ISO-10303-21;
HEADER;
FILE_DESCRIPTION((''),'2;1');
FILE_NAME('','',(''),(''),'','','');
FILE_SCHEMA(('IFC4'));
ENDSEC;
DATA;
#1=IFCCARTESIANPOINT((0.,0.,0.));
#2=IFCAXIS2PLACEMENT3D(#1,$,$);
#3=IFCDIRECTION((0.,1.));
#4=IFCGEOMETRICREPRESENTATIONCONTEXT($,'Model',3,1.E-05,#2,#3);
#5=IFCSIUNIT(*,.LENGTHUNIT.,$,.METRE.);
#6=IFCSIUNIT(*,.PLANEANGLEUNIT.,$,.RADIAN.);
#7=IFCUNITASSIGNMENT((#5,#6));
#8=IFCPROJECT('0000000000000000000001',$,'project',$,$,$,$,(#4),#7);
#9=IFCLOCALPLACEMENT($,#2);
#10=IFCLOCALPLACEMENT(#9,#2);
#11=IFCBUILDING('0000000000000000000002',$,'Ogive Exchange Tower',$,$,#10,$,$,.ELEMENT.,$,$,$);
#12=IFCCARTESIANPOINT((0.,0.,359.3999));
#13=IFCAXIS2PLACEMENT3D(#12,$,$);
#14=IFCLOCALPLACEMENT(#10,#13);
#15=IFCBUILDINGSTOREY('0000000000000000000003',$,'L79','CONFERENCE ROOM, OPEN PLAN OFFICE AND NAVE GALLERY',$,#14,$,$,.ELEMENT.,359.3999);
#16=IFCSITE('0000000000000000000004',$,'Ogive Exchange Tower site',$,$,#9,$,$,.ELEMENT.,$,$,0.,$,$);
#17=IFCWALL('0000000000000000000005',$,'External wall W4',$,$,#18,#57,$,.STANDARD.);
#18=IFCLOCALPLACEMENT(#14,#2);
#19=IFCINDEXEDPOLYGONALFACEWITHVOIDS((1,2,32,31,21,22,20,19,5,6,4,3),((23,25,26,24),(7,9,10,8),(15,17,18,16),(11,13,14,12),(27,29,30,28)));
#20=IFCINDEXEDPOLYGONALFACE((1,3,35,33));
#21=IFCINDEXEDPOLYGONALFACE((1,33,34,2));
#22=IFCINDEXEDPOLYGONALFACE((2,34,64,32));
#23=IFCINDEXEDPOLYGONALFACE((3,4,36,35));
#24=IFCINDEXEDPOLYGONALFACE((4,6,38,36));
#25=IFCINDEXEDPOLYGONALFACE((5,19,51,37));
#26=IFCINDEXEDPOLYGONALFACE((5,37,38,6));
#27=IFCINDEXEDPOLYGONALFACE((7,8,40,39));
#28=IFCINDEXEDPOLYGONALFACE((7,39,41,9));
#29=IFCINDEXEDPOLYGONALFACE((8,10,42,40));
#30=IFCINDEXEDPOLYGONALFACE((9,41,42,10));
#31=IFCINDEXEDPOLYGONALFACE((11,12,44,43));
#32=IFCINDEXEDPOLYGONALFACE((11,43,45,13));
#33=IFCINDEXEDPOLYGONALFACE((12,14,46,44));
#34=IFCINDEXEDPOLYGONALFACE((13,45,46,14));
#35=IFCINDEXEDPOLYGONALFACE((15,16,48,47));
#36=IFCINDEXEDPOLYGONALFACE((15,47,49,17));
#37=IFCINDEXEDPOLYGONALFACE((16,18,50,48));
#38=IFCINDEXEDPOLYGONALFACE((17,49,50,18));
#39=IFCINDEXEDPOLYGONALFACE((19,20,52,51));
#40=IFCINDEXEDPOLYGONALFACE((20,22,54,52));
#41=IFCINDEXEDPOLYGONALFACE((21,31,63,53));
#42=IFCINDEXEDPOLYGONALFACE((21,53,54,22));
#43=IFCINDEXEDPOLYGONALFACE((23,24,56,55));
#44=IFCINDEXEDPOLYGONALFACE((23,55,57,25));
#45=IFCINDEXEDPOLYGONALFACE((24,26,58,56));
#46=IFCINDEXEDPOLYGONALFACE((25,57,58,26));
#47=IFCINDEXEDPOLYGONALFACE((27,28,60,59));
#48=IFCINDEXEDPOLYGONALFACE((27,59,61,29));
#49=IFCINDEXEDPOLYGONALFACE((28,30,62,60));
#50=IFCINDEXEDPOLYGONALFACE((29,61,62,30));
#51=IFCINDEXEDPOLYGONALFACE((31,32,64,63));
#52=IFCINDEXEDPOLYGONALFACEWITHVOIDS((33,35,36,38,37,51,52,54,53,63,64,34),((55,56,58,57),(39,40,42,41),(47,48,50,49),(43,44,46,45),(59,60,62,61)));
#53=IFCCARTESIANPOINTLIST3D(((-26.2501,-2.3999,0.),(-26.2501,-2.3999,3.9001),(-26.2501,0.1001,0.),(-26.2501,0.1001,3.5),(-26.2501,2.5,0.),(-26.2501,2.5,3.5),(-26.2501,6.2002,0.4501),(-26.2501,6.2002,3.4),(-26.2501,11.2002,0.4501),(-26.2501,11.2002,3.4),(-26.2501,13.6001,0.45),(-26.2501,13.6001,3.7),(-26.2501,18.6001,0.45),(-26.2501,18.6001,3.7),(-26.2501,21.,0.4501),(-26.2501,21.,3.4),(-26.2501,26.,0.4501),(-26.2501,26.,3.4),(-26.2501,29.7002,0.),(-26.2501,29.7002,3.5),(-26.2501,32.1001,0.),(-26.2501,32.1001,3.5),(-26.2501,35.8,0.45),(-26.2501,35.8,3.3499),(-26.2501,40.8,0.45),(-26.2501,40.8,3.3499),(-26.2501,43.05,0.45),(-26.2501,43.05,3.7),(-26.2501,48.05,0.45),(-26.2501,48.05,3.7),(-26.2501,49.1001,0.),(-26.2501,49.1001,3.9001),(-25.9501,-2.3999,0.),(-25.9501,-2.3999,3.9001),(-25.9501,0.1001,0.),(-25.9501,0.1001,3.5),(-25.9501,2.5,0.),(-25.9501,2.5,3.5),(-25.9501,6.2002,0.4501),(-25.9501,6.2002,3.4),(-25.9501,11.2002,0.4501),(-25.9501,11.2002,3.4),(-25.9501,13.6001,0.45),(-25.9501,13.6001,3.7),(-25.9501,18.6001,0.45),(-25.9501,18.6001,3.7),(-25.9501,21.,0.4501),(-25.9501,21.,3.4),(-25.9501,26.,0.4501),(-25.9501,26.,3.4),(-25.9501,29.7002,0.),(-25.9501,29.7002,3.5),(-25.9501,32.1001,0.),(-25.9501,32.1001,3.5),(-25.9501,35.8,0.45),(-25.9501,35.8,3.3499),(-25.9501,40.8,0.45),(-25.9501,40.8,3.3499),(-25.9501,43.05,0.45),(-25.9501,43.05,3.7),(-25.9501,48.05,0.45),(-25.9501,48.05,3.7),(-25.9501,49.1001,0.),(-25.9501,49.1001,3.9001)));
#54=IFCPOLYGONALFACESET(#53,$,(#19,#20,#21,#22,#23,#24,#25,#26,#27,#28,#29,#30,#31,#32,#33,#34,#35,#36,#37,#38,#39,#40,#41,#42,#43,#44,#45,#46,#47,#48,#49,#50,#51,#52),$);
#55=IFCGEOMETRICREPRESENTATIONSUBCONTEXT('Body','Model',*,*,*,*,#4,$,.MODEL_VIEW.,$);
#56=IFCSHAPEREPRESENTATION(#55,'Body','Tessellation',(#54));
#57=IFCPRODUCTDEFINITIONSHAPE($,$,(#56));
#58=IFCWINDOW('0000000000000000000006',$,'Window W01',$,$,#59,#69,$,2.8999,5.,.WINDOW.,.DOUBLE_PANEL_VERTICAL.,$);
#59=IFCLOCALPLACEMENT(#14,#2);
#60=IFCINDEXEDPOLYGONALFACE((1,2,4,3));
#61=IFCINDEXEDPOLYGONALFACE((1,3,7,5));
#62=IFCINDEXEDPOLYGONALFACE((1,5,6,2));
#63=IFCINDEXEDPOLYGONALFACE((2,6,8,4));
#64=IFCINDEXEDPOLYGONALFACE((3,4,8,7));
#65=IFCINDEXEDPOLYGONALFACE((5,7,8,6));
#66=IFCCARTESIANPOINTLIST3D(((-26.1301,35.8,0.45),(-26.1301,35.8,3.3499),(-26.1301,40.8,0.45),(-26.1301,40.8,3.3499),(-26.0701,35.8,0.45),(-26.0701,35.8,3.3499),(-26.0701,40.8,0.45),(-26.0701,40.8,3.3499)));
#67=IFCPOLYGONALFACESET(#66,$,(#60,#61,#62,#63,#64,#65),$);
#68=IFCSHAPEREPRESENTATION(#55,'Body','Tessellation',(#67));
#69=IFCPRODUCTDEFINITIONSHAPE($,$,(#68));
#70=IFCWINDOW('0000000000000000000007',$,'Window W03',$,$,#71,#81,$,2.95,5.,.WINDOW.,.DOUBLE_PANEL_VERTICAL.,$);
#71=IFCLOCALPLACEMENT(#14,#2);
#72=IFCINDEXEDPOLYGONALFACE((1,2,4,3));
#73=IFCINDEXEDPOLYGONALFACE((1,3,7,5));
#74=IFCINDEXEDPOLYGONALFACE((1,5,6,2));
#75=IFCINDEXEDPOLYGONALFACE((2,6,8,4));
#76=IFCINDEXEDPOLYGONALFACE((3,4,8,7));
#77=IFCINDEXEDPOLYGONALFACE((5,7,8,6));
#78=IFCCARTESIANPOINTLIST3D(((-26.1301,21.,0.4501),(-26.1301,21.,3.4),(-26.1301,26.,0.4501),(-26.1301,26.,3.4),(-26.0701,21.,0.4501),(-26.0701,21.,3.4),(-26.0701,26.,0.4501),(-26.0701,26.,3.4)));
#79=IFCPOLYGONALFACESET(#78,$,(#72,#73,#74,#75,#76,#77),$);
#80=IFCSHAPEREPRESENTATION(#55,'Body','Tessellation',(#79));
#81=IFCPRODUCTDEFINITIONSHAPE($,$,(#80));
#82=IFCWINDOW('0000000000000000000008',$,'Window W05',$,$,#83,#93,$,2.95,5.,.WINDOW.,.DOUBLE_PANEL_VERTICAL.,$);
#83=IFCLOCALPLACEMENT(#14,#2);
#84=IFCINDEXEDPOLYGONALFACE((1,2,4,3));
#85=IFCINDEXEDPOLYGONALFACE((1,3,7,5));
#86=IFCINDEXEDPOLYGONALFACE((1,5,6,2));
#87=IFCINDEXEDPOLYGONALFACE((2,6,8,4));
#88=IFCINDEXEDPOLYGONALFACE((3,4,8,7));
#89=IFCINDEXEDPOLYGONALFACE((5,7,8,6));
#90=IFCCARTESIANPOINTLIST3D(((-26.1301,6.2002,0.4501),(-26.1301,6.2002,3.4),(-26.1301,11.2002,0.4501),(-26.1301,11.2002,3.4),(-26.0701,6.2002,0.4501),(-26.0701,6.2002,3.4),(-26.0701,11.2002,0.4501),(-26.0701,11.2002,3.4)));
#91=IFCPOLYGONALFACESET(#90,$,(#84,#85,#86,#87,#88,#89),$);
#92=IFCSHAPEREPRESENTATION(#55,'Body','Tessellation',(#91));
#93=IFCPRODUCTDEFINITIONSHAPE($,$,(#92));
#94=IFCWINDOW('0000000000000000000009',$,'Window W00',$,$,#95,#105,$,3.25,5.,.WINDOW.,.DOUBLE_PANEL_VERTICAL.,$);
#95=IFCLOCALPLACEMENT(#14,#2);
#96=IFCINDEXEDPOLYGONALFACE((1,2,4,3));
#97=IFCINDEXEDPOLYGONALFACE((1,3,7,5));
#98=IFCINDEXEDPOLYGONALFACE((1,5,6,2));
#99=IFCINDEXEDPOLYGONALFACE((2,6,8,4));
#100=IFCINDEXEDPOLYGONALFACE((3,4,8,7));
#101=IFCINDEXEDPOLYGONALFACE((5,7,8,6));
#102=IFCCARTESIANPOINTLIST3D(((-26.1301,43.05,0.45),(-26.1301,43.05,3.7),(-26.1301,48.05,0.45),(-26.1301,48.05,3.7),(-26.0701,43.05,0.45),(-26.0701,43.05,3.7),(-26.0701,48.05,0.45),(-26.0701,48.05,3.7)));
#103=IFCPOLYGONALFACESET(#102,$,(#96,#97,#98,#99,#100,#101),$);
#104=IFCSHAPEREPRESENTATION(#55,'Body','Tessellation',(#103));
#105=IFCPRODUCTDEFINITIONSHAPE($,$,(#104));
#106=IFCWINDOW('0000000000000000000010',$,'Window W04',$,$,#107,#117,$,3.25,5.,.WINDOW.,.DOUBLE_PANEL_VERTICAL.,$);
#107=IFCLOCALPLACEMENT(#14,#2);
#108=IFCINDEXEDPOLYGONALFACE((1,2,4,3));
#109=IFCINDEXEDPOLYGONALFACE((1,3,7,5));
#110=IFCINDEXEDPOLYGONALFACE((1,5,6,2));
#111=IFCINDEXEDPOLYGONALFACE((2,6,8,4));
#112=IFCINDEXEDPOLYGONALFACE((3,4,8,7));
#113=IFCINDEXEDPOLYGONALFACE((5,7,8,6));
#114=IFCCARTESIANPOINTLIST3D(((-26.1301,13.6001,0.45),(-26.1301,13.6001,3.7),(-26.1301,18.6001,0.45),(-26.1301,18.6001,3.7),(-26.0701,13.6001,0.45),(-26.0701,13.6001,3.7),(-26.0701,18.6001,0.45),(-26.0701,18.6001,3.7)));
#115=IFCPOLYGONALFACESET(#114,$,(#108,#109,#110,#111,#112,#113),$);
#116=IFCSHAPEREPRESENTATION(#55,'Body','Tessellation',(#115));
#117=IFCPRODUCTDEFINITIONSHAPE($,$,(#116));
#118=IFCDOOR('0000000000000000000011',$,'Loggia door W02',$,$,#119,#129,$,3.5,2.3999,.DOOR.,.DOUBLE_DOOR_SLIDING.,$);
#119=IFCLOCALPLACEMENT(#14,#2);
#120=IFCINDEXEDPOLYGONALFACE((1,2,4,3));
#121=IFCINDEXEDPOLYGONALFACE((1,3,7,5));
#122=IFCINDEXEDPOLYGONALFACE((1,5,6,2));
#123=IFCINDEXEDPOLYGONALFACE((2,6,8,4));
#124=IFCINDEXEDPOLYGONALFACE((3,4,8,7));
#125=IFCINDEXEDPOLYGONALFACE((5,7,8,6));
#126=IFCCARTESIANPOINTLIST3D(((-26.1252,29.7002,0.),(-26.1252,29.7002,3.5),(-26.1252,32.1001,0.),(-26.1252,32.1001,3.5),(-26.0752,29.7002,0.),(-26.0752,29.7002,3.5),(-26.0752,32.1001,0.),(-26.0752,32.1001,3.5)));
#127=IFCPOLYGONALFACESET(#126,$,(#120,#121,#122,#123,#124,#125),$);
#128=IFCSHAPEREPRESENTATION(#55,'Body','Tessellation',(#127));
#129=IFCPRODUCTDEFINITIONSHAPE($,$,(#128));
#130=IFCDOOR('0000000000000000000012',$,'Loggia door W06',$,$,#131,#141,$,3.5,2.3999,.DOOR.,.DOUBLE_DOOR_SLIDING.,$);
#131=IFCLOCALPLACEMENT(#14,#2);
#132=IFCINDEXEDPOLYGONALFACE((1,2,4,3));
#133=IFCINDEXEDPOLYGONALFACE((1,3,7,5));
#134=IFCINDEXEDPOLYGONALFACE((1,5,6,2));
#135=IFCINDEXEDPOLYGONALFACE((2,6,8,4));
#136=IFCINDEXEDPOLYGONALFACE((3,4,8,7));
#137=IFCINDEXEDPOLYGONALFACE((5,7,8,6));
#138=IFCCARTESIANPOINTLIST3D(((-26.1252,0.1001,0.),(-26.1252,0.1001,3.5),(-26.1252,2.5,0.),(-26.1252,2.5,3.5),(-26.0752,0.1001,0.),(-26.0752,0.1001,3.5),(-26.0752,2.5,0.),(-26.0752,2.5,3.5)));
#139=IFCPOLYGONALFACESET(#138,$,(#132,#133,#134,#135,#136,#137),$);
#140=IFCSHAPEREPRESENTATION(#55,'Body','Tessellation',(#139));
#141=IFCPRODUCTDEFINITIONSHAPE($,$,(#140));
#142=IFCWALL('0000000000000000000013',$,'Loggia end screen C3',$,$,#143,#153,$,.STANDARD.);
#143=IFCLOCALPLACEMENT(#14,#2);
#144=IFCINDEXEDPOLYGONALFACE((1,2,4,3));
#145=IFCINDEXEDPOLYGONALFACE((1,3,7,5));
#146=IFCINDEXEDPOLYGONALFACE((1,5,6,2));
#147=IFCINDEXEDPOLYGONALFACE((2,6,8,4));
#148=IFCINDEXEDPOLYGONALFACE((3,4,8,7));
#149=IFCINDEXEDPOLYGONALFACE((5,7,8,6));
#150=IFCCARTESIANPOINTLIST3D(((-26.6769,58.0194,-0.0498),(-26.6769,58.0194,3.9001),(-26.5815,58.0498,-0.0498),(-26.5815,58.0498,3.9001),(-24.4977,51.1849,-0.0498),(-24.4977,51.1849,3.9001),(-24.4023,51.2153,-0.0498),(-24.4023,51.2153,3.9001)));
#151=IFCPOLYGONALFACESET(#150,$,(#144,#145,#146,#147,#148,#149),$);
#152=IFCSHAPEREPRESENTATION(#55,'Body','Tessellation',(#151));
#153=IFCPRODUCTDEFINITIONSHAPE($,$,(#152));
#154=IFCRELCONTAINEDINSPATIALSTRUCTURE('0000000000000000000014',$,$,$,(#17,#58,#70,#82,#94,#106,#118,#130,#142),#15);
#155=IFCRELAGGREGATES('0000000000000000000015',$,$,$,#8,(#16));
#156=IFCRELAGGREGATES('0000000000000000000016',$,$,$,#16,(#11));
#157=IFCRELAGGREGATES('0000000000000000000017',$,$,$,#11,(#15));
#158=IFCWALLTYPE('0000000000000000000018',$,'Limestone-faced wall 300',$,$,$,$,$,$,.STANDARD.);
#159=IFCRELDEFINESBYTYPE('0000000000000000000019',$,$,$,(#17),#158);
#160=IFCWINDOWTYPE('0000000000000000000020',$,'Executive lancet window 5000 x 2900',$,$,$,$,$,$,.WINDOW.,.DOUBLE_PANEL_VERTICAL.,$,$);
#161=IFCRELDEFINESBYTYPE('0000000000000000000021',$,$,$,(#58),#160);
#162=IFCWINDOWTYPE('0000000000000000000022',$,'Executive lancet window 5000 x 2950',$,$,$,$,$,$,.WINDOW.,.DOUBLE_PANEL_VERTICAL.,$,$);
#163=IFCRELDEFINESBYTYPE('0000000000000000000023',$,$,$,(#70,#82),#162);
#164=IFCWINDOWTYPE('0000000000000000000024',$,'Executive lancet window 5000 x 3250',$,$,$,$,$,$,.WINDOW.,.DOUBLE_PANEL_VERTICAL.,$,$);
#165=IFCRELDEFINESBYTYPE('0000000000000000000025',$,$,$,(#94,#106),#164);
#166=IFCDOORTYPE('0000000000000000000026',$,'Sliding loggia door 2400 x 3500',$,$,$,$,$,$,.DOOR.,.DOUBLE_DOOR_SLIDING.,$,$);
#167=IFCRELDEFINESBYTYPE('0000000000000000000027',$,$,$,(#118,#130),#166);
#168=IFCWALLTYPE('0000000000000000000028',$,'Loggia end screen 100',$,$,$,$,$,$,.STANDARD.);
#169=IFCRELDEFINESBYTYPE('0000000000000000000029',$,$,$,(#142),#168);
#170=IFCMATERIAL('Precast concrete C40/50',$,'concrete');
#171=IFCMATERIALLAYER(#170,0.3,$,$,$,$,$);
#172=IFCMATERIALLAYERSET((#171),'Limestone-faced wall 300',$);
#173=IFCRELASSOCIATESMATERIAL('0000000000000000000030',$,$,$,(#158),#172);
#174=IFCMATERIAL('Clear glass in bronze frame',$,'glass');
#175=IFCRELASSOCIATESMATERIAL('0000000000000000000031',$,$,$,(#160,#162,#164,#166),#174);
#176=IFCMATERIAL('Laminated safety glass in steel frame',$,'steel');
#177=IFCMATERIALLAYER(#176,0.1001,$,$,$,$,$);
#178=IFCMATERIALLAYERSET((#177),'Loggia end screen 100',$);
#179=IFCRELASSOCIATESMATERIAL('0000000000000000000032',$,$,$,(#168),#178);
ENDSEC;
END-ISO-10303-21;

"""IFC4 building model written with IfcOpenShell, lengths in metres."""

from ifc_helpers import new_model, si_unit, direction, frame, frame_2d, origin, place, context, subcontext, project, spatial, rectangle, extrude, material, layer, layer_set, type_object, element, fill, save


model = new_model("IFC4")

# Units and contexts
model_context = context("Model", 3, precision=1e-05, world=origin(), true_north=direction((0.0, 1.0)))
body_context = subcontext(model_context, "Body", "Model", "MODEL_VIEW")
ifc_project = project(units=[si_unit("LENGTHUNIT", "METRE"), si_unit("PLANEANGLEUNIT", "RADIAN")], contexts=[model_context])

# Site, building, storey
site_placement = place(None, origin())
site = spatial("IfcSite", under=ifc_project, at=site_placement, Name="Ogive Exchange Tower site", CompositionType="ELEMENT", RefElevation=0.0)
building_placement = place(site_placement, origin())
building = spatial("IfcBuilding", under=site, at=building_placement, Name="Ogive Exchange Tower", CompositionType="ELEMENT")
storey_placement = place(building_placement, frame((0.0, 0.0, 359.3999)))
storey = spatial("IfcBuildingStorey", under=building, at=storey_placement, Name="L79", Description="CONFERENCE ROOM, OPEN PLAN OFFICE AND NAVE GALLERY", CompositionType="ELEMENT", Elevation=359.3999)

# Wall, openings, windows, doors
ifc_material_1 = material(Name="Precast concrete C40/50", Category="concrete")
ifc_layer_1 = layer(ifc_material_1, 0.3)
ifc_layer_set_1 = layer_set([ifc_layer_1], Name="Limestone-faced wall 300")
wall_type_1 = type_object("IfcWallType", Name="Limestone-faced wall 300", PredefinedType="STANDARD", material=ifc_layer_set_1)
wall_1_placement = place(storey_placement, frame((-26.1001, 49.1001, 0.0), z_axis=(0.0, 0.0, 1.0), x_axis=(0.0, -1.0, 0.0)))
wall_1 = element("IfcWall", 1, at=wall_1_placement, inside=storey, type_object=wall_type_1, Name="External wall W4", PredefinedType="STANDARD", context=body_context, shape_type="SweptSolid", body=[
    extrude(rectangle(XDim=51.5, YDim=0.3, at=frame_2d((25.75, 0.0))), origin(), (0.0, 0.0, 1.0), 3.9001),
])
opening_1_placement = place(wall_1_placement, frame((1.05, 0.0, 0.45)))
opening_1 = element("IfcOpeningElement", 2, at=opening_1_placement, cuts=wall_1, PredefinedType="OPENING", context=body_context, shape_type="SweptSolid", body=[
    extrude(rectangle(XDim=5.0, YDim=3.25, at=frame_2d((2.5, 1.625))), frame((0.0, 0.1599, 0.0), z_axis=(0.0, -1.0, 0.0), x_axis=(1.0, 0.0, 0.0)), (0.0, 0.0, 1.0), 0.3201),
])
opening_2_placement = place(wall_1_placement, frame((8.3, 0.0, 0.45)))
opening_2 = element("IfcOpeningElement", 3, at=opening_2_placement, cuts=wall_1, PredefinedType="OPENING", context=body_context, shape_type="SweptSolid", body=[
    extrude(rectangle(XDim=5.0, YDim=2.8999, at=frame_2d((2.5, 1.45))), frame((0.0, 0.1599, 0.0), z_axis=(0.0, -1.0, 0.0), x_axis=(1.0, 0.0, 0.0)), (0.0, 0.0, 1.0), 0.3201),
])
opening_3_placement = place(wall_1_placement, frame((17.0, 0.0, 0.0)))
opening_3 = element("IfcOpeningElement", 4, at=opening_3_placement, cuts=wall_1, PredefinedType="OPENING", context=body_context, shape_type="SweptSolid", body=[
    extrude(rectangle(XDim=2.3999, YDim=3.5, at=frame_2d((1.2, 1.75))), frame((0.0, 0.1599, 0.0), z_axis=(0.0, -1.0, 0.0), x_axis=(1.0, 0.0, 0.0)), (0.0, 0.0, 1.0), 0.3201),
])
opening_4_placement = place(wall_1_placement, frame((23.1001, 0.0, 0.45)))
opening_4 = element("IfcOpeningElement", 5, at=opening_4_placement, cuts=wall_1, PredefinedType="OPENING", context=body_context, shape_type="SweptSolid", body=[
    extrude(rectangle(XDim=5.0, YDim=2.95, at=frame_2d((2.5, 1.4751))), frame((0.0, 0.1599, 0.0), z_axis=(0.0, -1.0, 0.0), x_axis=(1.0, 0.0, 0.0)), (0.0, 0.0, 1.0), 0.3201),
])
opening_5_placement = place(wall_1_placement, frame((30.5, 0.0, 0.45)))
opening_5 = element("IfcOpeningElement", 6, at=opening_5_placement, cuts=wall_1, PredefinedType="OPENING", context=body_context, shape_type="SweptSolid", body=[
    extrude(rectangle(XDim=5.0, YDim=3.25, at=frame_2d((2.5, 1.625))), frame((0.0, 0.1599, 0.0), z_axis=(0.0, -1.0, 0.0), x_axis=(1.0, 0.0, 0.0)), (0.0, 0.0, 1.0), 0.3201),
])
opening_6_placement = place(wall_1_placement, frame((37.8999, 0.0, 0.45)))
opening_6 = element("IfcOpeningElement", 7, at=opening_6_placement, cuts=wall_1, PredefinedType="OPENING", context=body_context, shape_type="SweptSolid", body=[
    extrude(rectangle(XDim=5.0, YDim=2.95, at=frame_2d((2.5, 1.4751))), frame((0.0, 0.1599, 0.0), z_axis=(0.0, -1.0, 0.0), x_axis=(1.0, 0.0, 0.0)), (0.0, 0.0, 1.0), 0.3201),
])
opening_7_placement = place(wall_1_placement, frame((46.6001, 0.0, 0.0)))
opening_7 = element("IfcOpeningElement", 8, at=opening_7_placement, cuts=wall_1, PredefinedType="OPENING", context=body_context, shape_type="SweptSolid", body=[
    extrude(rectangle(XDim=2.3999, YDim=3.5, at=frame_2d((1.2, 1.75))), frame((0.0, 0.1599, 0.0), z_axis=(0.0, -1.0, 0.0), x_axis=(1.0, 0.0, 0.0)), (0.0, 0.0, 1.0), 0.3201),
])
ifc_material_2 = material(Name="Clear glass in bronze frame", Category="glass")
window_type_1 = type_object("IfcWindowType", Name="Executive lancet window 5000 x 2900", PartitioningType="DOUBLE_PANEL_VERTICAL", PredefinedType="WINDOW", material=ifc_material_2)
window_1_placement = place(opening_2_placement, origin())
window_1 = element("IfcWindow", 9, at=window_1_placement, inside=storey, type_object=window_type_1, Name="Window W01", OverallHeight=2.8999, OverallWidth=5.0, PartitioningType="DOUBLE_PANEL_VERTICAL", PredefinedType="WINDOW", context=body_context, shape_type="SweptSolid", body=[
    extrude(rectangle(XDim=5.0, YDim=2.8999, at=frame_2d((2.5, 1.45))), frame((0.0, 0.03, 0.0), z_axis=(0.0, -1.0, 0.0), x_axis=(1.0, 0.0, 0.0)), (0.0, 0.0, 1.0), 0.0601),
])
fill(opening_2, window_1)
window_type_2 = type_object("IfcWindowType", Name="Executive lancet window 5000 x 2950", PartitioningType="DOUBLE_PANEL_VERTICAL", PredefinedType="WINDOW", material=ifc_material_2)
window_2_placement = place(opening_4_placement, origin())
window_2 = element("IfcWindow", 10, at=window_2_placement, inside=storey, type_object=window_type_2, Name="Window W03", OverallHeight=2.95, OverallWidth=5.0, PartitioningType="DOUBLE_PANEL_VERTICAL", PredefinedType="WINDOW", context=body_context, shape_type="SweptSolid", body=[
    extrude(rectangle(XDim=5.0, YDim=2.95, at=frame_2d((2.5, 1.4751))), frame((0.0, 0.03, 0.0), z_axis=(0.0, -1.0, 0.0), x_axis=(1.0, 0.0, 0.0)), (0.0, 0.0, 1.0), 0.0601),
])
fill(opening_4, window_2)
window_3_placement = place(opening_6_placement, origin())
window_3 = element("IfcWindow", 11, at=window_3_placement, inside=storey, type_object=window_type_2, Name="Window W05", OverallHeight=2.95, OverallWidth=5.0, PartitioningType="DOUBLE_PANEL_VERTICAL", PredefinedType="WINDOW", context=body_context, shape_type="SweptSolid", body=[
    extrude(rectangle(XDim=5.0, YDim=2.95, at=frame_2d((2.5, 1.4751))), frame((0.0, 0.03, 0.0), z_axis=(0.0, -1.0, 0.0), x_axis=(1.0, 0.0, 0.0)), (0.0, 0.0, 1.0), 0.0601),
])
fill(opening_6, window_3)
window_type_3 = type_object("IfcWindowType", Name="Executive lancet window 5000 x 3250", PartitioningType="DOUBLE_PANEL_VERTICAL", PredefinedType="WINDOW", material=ifc_material_2)
window_4_placement = place(opening_1_placement, origin())
window_4 = element("IfcWindow", 12, at=window_4_placement, inside=storey, type_object=window_type_3, Name="Window W00", OverallHeight=3.25, OverallWidth=5.0, PartitioningType="DOUBLE_PANEL_VERTICAL", PredefinedType="WINDOW", context=body_context, shape_type="SweptSolid", body=[
    extrude(rectangle(XDim=5.0, YDim=3.25, at=frame_2d((2.5, 1.625))), frame((0.0, 0.03, 0.0), z_axis=(0.0, -1.0, 0.0), x_axis=(1.0, 0.0, 0.0)), (0.0, 0.0, 1.0), 0.0601),
])
fill(opening_1, window_4)
window_5_placement = place(opening_5_placement, origin())
window_5 = element("IfcWindow", 13, at=window_5_placement, inside=storey, type_object=window_type_3, Name="Window W04", OverallHeight=3.25, OverallWidth=5.0, PartitioningType="DOUBLE_PANEL_VERTICAL", PredefinedType="WINDOW", context=body_context, shape_type="SweptSolid", body=[
    extrude(rectangle(XDim=5.0, YDim=3.25, at=frame_2d((2.5, 1.625))), frame((0.0, 0.03, 0.0), z_axis=(0.0, -1.0, 0.0), x_axis=(1.0, 0.0, 0.0)), (0.0, 0.0, 1.0), 0.0601),
])
fill(opening_5, window_5)
door_type_1 = type_object("IfcDoorType", Name="Sliding loggia door 2400 x 3500", OperationType="DOUBLE_DOOR_SLIDING", PredefinedType="DOOR", material=ifc_material_2)
door_1_placement = place(opening_3_placement, origin())
door_1 = element("IfcDoor", 14, at=door_1_placement, inside=storey, type_object=door_type_1, Name="Loggia door W02", OperationType="DOUBLE_DOOR_SLIDING", OverallHeight=3.5, OverallWidth=2.3999, PredefinedType="DOOR", context=body_context, shape_type="SweptSolid", body=[
    extrude(rectangle(XDim=2.3999, YDim=3.5, at=frame_2d((1.2, 1.75))), frame((0.0, 0.0249, 0.0), z_axis=(0.0, -1.0, 0.0), x_axis=(1.0, 0.0, 0.0)), (0.0, 0.0, 1.0), 0.05),
])
fill(opening_3, door_1)
door_2_placement = place(opening_7_placement, origin())
door_2 = element("IfcDoor", 15, at=door_2_placement, inside=storey, type_object=door_type_1, Name="Loggia door W06", OperationType="DOUBLE_DOOR_SLIDING", OverallHeight=3.5, OverallWidth=2.3999, PredefinedType="DOOR", context=body_context, shape_type="SweptSolid", body=[
    extrude(rectangle(XDim=2.3999, YDim=3.5, at=frame_2d((1.2, 1.75))), frame((0.0, 0.0249, 0.0), z_axis=(0.0, -1.0, 0.0), x_axis=(1.0, 0.0, 0.0)), (0.0, 0.0, 1.0), 0.05),
])
fill(opening_7, door_2)

# Wall
ifc_material_3 = material(Name="Laminated safety glass in steel frame", Category="steel")
ifc_layer_2 = layer(ifc_material_3, 0.1001)
ifc_layer_set_2 = layer_set([ifc_layer_2], Name="Loggia end screen 100")
wall_type_2 = type_object("IfcWallType", Name="Loggia end screen 100", PredefinedType="STANDARD", material=ifc_layer_set_2)
wall_2_placement = place(storey_placement, frame((-24.45, 51.2, -0.0498), z_axis=(0.0, 0.0, 1.0), x_axis=(-0.303785, 0.952741, 0.0)))
element("IfcWall", 16, at=wall_2_placement, inside=storey, type_object=wall_type_2, Name="Loggia end screen C3", PredefinedType="STANDARD", context=body_context, shape_type="SweptSolid", body=[
    extrude(rectangle(XDim=7.1736, YDim=0.1001, at=frame_2d((3.5869, 0.0))), origin(), (0.0, 0.0, 1.0), 3.95),
])

save(model, "model.ifc")
